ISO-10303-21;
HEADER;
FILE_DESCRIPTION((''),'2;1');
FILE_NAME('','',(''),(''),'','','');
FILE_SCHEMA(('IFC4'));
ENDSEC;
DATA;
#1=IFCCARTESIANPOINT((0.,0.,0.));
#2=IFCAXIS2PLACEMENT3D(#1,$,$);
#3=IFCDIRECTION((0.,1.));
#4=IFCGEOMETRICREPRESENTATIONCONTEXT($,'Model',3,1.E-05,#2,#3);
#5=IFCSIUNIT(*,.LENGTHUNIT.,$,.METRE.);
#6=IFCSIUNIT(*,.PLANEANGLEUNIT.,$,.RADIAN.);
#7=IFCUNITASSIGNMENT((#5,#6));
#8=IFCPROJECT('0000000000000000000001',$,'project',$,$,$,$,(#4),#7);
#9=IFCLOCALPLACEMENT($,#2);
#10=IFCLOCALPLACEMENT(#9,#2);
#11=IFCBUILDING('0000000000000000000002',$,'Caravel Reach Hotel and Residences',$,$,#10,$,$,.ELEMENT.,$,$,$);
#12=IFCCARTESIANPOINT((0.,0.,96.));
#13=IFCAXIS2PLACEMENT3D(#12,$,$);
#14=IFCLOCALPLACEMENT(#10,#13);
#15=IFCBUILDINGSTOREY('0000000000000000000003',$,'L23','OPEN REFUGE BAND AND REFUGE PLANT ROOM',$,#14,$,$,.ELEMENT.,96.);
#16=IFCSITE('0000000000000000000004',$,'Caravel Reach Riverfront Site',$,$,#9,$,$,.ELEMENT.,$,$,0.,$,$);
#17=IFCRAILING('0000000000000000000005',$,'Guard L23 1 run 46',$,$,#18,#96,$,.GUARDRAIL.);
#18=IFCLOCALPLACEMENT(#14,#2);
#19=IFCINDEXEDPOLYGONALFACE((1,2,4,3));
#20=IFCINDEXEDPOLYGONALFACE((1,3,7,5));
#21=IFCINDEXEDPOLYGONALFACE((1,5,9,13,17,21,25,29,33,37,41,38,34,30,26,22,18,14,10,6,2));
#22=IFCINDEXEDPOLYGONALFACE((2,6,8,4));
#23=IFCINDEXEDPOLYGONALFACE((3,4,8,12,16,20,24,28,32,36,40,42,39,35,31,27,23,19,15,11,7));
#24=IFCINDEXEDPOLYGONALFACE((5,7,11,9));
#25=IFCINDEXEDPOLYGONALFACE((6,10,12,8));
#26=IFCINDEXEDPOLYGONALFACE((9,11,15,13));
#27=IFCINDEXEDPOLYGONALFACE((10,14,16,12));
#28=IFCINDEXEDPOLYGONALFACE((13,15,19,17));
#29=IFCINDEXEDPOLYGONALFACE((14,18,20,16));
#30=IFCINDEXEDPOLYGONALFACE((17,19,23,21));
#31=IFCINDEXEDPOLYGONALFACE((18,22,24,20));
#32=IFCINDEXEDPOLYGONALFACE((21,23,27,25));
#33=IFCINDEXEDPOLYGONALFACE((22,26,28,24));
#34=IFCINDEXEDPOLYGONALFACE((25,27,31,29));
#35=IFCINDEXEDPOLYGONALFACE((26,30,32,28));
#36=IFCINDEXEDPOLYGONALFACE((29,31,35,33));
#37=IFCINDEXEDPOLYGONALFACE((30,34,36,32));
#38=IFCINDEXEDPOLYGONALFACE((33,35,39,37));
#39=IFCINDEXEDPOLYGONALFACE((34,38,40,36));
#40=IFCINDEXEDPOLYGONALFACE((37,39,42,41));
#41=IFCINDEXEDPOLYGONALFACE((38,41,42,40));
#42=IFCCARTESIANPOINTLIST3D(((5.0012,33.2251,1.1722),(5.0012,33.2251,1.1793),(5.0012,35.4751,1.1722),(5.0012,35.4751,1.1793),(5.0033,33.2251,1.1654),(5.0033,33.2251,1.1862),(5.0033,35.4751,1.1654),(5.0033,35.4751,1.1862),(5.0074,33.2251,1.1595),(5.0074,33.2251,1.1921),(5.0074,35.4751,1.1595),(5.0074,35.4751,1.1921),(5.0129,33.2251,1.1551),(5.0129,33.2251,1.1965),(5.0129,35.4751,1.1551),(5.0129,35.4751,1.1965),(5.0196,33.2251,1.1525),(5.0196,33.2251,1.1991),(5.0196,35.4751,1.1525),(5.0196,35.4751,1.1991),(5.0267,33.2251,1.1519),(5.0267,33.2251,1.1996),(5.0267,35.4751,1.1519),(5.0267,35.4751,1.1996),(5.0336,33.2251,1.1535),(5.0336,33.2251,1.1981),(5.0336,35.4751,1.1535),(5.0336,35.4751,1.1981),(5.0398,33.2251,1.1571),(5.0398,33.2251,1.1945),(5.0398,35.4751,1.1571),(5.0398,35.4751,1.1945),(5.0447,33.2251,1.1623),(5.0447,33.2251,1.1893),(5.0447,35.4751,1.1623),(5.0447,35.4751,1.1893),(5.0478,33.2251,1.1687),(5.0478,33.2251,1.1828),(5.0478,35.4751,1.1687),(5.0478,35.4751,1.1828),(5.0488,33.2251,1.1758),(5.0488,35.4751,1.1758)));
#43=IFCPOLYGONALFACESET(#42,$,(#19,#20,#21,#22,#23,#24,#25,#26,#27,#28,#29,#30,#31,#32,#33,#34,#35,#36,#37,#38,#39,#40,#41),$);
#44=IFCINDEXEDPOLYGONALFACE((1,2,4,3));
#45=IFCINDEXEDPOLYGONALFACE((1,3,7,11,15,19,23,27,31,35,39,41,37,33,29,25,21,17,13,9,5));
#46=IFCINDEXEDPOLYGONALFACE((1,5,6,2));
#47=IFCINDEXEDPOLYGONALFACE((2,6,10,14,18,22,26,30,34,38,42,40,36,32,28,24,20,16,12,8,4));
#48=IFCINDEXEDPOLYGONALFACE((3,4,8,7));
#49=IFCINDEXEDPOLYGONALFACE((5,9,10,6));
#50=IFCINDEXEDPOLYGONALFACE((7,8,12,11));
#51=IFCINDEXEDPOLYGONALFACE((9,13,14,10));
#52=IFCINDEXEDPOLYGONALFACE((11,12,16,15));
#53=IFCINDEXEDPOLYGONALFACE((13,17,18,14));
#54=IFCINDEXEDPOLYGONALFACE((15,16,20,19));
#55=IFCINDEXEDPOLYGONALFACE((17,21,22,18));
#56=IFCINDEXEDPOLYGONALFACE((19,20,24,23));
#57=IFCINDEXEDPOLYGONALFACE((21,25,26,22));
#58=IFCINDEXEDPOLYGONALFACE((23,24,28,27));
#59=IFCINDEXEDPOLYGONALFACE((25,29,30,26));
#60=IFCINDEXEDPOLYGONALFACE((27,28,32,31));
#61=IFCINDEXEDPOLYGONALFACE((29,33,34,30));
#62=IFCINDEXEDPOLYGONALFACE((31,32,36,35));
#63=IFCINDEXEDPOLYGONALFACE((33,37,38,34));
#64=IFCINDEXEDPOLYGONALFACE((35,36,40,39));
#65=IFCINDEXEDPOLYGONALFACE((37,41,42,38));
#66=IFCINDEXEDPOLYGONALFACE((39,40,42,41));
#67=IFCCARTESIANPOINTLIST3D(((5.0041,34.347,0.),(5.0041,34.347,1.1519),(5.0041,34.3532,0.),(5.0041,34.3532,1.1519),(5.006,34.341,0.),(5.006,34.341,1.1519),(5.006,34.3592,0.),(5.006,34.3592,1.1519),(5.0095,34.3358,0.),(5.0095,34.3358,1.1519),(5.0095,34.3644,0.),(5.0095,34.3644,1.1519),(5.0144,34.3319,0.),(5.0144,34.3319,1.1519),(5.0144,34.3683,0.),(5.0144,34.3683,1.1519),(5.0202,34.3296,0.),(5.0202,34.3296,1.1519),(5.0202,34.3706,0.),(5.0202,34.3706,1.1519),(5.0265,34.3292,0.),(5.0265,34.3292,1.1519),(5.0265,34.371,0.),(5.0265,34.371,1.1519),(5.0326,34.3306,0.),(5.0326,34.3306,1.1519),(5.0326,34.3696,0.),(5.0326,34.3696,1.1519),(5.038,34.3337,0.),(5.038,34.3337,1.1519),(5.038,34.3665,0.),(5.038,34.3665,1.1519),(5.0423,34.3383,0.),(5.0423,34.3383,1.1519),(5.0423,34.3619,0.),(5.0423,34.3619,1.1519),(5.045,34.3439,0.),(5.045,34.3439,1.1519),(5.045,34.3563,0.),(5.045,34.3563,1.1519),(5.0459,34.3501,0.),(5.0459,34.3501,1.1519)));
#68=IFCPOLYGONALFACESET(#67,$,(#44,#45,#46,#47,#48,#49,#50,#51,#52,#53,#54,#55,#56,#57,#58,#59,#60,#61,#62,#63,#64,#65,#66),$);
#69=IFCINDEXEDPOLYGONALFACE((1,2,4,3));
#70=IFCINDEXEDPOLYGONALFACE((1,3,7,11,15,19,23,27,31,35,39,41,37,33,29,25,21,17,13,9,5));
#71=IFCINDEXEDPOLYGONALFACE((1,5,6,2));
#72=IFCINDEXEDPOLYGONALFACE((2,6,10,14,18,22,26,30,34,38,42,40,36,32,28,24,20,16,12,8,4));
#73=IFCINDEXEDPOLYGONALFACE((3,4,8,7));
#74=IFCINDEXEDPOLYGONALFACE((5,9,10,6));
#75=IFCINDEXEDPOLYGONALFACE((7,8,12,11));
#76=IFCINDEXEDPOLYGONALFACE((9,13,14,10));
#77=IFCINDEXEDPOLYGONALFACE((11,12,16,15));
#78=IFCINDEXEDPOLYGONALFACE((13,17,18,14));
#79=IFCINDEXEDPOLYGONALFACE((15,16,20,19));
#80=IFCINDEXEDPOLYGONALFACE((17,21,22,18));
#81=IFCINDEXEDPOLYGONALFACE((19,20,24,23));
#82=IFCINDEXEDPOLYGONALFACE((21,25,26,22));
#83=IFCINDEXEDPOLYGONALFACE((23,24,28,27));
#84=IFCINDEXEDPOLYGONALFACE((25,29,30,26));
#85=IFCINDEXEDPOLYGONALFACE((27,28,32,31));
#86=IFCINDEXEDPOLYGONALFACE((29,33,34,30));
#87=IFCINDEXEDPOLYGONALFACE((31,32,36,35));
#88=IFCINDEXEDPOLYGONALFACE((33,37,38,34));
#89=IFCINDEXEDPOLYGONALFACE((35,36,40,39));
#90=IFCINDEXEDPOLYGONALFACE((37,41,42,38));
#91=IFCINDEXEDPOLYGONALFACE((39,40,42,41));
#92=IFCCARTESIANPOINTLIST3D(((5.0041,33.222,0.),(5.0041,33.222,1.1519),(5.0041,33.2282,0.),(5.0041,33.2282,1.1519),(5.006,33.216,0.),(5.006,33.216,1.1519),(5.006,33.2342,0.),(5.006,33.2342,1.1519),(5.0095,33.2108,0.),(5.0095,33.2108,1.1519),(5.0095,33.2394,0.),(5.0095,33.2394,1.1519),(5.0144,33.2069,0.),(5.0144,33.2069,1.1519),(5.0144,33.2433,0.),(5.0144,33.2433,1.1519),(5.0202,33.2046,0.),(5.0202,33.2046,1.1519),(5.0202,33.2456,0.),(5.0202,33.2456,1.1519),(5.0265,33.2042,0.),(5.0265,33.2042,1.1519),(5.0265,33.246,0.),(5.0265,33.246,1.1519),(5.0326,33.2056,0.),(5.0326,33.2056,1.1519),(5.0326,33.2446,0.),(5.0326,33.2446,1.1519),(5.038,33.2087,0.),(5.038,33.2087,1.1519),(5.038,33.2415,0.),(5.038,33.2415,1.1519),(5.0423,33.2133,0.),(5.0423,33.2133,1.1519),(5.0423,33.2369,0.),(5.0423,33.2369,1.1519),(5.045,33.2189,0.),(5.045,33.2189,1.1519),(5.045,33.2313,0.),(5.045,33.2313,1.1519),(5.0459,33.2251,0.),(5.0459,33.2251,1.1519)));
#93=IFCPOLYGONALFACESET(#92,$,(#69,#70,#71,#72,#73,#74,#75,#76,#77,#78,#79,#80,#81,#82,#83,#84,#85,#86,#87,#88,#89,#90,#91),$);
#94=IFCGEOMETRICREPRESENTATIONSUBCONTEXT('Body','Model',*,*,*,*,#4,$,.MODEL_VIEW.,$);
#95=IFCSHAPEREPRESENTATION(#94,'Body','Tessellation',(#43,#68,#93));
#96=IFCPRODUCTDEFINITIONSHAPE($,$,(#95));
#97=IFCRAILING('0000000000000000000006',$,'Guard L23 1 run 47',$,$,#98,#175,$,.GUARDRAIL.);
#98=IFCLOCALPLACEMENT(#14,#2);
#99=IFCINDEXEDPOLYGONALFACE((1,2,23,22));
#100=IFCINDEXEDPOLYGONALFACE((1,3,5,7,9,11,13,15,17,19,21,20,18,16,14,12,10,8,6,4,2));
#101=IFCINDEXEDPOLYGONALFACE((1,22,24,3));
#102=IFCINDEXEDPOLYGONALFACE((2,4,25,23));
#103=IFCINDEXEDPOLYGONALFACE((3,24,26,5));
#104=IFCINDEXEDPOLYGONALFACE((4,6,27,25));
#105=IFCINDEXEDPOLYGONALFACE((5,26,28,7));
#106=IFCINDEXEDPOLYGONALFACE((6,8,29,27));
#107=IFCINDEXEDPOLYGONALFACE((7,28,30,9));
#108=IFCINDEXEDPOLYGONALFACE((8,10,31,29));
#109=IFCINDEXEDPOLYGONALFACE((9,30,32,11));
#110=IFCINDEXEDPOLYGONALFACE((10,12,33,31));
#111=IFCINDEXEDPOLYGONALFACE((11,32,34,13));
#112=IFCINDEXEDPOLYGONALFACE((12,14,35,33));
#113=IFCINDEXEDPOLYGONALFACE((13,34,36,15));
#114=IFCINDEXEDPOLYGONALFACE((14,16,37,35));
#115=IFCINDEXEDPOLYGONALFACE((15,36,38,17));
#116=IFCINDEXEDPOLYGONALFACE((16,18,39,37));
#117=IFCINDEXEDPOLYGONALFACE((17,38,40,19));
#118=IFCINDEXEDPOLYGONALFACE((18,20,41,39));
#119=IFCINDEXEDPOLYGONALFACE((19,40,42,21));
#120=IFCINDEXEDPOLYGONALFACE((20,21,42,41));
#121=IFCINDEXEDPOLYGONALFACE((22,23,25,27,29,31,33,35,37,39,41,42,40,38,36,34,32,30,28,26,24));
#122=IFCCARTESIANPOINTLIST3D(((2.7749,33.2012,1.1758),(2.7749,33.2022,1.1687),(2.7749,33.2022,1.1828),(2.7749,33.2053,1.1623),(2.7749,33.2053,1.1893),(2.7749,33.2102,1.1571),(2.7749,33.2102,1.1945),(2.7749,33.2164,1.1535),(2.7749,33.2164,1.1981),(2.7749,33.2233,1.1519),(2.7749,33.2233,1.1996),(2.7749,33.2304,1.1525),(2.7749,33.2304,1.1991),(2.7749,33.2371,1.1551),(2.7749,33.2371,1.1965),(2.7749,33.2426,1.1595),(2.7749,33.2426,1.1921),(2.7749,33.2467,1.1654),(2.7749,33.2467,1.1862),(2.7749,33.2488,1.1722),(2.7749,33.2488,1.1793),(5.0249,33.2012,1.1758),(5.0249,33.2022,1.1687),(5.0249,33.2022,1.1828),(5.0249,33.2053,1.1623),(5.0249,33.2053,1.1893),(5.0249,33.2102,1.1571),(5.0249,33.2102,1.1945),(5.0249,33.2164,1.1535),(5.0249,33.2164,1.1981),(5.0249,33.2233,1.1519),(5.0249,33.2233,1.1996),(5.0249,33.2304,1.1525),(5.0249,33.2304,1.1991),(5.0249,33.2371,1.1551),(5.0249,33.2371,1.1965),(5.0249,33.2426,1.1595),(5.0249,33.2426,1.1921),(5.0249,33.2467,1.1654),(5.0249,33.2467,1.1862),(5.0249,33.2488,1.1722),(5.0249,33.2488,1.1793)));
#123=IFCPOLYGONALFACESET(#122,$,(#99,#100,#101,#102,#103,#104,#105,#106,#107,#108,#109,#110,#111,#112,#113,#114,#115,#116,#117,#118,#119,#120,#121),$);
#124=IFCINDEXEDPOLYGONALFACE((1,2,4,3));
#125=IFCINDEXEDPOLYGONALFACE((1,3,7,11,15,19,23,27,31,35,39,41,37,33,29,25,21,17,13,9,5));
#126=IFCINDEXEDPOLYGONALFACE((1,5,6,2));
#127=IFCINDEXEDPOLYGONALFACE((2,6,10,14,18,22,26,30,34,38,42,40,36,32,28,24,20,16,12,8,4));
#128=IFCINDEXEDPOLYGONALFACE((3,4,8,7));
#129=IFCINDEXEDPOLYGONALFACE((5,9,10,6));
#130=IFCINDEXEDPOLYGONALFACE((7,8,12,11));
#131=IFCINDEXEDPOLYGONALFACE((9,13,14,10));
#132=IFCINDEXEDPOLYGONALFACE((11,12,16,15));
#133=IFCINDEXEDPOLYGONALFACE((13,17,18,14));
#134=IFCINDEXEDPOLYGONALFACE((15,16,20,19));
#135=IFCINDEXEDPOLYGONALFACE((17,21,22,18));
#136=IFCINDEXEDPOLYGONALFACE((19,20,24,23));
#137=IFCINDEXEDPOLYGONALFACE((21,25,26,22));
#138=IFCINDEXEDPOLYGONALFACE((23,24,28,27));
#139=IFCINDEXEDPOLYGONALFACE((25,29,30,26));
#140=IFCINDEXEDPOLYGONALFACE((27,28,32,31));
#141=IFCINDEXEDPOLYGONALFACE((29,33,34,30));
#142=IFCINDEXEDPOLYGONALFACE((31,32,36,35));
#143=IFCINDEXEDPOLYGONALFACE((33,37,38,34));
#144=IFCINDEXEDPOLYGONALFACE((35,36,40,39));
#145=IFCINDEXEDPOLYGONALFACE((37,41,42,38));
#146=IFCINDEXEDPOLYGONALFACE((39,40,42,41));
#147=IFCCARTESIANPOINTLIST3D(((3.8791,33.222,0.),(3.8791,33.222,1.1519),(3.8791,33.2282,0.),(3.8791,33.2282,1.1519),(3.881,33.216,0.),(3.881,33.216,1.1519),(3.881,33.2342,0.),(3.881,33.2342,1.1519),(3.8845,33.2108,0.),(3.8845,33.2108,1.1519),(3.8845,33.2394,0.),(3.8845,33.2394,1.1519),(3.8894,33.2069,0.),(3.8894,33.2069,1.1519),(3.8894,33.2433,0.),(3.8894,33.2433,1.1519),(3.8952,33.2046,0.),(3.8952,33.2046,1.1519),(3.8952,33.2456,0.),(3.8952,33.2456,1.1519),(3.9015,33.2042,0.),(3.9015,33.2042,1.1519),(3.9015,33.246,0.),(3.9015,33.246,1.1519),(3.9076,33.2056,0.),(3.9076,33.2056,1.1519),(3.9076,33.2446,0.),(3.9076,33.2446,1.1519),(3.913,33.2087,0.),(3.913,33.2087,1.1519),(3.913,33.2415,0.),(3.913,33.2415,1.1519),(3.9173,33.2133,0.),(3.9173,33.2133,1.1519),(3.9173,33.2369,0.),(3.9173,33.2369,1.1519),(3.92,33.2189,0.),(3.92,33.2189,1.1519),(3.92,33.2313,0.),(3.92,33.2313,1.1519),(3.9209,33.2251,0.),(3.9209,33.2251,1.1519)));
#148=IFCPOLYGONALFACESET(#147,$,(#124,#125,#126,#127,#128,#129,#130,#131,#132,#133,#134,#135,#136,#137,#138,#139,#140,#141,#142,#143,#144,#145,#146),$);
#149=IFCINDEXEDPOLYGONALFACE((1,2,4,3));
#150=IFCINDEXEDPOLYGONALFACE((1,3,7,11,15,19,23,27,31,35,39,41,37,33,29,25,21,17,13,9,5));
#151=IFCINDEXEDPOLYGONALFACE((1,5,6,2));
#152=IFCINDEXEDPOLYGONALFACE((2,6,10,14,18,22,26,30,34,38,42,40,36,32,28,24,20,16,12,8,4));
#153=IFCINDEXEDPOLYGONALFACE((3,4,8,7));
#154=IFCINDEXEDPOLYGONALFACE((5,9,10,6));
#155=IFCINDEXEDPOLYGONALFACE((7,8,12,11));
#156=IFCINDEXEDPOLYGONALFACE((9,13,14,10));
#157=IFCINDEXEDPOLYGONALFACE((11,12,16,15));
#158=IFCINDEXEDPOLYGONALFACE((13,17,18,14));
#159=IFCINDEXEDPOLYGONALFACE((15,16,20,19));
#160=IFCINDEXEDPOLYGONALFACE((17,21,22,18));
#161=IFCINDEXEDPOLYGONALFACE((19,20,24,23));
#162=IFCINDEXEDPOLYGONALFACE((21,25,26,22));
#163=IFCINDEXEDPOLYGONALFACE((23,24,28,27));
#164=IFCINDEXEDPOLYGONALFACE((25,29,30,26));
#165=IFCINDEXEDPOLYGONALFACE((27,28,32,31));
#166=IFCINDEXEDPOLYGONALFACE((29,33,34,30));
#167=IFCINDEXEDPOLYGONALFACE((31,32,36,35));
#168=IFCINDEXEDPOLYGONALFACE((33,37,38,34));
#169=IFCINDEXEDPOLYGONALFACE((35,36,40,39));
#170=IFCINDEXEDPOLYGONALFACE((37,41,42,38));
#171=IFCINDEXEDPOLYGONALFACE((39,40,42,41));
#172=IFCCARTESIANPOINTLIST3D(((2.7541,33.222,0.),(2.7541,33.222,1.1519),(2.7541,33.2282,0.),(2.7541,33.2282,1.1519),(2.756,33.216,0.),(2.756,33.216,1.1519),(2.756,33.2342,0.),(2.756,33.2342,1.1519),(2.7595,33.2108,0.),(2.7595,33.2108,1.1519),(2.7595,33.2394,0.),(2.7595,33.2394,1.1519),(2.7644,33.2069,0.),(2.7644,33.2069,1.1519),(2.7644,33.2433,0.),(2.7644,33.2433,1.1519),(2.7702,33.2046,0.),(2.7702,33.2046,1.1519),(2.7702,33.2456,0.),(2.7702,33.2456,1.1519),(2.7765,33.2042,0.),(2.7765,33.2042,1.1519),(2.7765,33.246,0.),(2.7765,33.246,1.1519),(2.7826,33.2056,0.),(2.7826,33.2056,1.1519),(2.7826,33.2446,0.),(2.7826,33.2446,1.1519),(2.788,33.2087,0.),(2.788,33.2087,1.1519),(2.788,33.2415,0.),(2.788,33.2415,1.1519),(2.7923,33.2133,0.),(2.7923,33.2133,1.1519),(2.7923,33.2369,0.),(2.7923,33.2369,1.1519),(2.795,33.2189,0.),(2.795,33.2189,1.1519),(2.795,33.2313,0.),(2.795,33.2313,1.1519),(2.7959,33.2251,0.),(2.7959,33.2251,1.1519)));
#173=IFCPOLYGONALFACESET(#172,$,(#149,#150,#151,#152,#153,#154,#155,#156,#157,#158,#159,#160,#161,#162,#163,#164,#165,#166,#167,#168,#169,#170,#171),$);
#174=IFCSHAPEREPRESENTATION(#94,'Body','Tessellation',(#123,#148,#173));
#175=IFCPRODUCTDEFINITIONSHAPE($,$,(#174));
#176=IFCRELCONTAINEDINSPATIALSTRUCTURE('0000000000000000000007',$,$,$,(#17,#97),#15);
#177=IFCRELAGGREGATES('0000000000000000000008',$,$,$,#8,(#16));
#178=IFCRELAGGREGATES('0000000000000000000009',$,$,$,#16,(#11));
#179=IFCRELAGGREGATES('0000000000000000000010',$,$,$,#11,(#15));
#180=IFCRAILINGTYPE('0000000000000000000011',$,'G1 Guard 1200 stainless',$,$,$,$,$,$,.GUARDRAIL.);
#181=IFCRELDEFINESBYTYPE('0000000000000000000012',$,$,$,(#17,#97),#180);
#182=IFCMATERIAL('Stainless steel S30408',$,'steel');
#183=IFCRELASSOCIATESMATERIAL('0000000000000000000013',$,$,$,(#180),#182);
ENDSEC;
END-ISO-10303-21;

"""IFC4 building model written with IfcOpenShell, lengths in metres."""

from ifc_helpers import new_model, si_unit, direction, frame, origin, origin_2d, place, context, subcontext, project, spatial, circle, extrude, material, type_object, element, save


model = new_model("IFC4")

# Units and contexts
model_context = context("Model", 3, precision=1e-05, world=origin(), true_north=direction((0.0, 1.0)))
body_context = subcontext(model_context, "Body", "Model", "MODEL_VIEW")
ifc_project = project(units=[si_unit("LENGTHUNIT", "METRE"), si_unit("PLANEANGLEUNIT", "RADIAN")], contexts=[model_context])

# Site, building, storey
site_placement = place(None, origin())
site = spatial("IfcSite", under=ifc_project, at=site_placement, Name="Caravel Reach Riverfront Site", CompositionType="ELEMENT", RefElevation=0.0)
building_placement = place(site_placement, origin())
building = spatial("IfcBuilding", under=site, at=building_placement, Name="Caravel Reach Hotel and Residences", CompositionType="ELEMENT")
storey_placement = place(building_placement, frame((0.0, 0.0, 96.0)))
storey = spatial("IfcBuildingStorey", under=building, at=storey_placement, Name="L23", Description="OPEN REFUGE BAND AND REFUGE PLANT ROOM", CompositionType="ELEMENT", Elevation=96.0)

# Railings
ifc_material_1 = material(Name="Stainless steel S30408", Category="steel")
railing_type = type_object("IfcRailingType", Name="G1 Guard 1200 stainless", PredefinedType="GUARDRAIL", material=ifc_material_1)
railing_1_placement = place(storey_placement, frame((5.0249, 35.4751, 0.0)))
element("IfcRailing", 1, at=railing_1_placement, inside=storey, type_object=railing_type, Name="Guard L23 1 run 46", PredefinedType="GUARDRAIL", context=body_context, shape_type="SweptSolid", body=[
    extrude(circle(Radius=0.0239, at=origin_2d()), frame((0.0, 0.0, 1.1758), z_axis=(0.0, -1.0, 0.0), x_axis=(1.0, 0.0, 0.0)), (0.0, 0.0, 1.0), 2.25),
    extrude(circle(Radius=0.021, at=origin_2d()), frame((0.0, -1.125, 0.0)), (0.0, 0.0, 1.0), 1.1519),
    extrude(circle(Radius=0.021, at=origin_2d()), frame((0.0, -2.25, 0.0)), (0.0, 0.0, 1.0), 1.1519),
])
railing_2_placement = place(storey_placement, frame((5.0249, 33.2251, 0.0)))
element("IfcRailing", 2, at=railing_2_placement, inside=storey, type_object=railing_type, Name="Guard L23 1 run 47", PredefinedType="GUARDRAIL", context=body_context, shape_type="SweptSolid", body=[
    extrude(circle(Radius=0.0239, at=origin_2d()), frame((0.0, 0.0, 1.1758), z_axis=(-1.0, 0.0, 0.0), x_axis=(0.0, -1.0, 0.0)), (0.0, 0.0, 1.0), 2.25),
    extrude(circle(Radius=0.021, at=origin_2d()), frame((-1.125, 0.0, 0.0)), (0.0, 0.0, 1.0), 1.1519),
    extrude(circle(Radius=0.021, at=origin_2d()), frame((-2.25, 0.0, 0.0)), (0.0, 0.0, 1.0), 1.1519),
])

save(model, "model.ifc")
